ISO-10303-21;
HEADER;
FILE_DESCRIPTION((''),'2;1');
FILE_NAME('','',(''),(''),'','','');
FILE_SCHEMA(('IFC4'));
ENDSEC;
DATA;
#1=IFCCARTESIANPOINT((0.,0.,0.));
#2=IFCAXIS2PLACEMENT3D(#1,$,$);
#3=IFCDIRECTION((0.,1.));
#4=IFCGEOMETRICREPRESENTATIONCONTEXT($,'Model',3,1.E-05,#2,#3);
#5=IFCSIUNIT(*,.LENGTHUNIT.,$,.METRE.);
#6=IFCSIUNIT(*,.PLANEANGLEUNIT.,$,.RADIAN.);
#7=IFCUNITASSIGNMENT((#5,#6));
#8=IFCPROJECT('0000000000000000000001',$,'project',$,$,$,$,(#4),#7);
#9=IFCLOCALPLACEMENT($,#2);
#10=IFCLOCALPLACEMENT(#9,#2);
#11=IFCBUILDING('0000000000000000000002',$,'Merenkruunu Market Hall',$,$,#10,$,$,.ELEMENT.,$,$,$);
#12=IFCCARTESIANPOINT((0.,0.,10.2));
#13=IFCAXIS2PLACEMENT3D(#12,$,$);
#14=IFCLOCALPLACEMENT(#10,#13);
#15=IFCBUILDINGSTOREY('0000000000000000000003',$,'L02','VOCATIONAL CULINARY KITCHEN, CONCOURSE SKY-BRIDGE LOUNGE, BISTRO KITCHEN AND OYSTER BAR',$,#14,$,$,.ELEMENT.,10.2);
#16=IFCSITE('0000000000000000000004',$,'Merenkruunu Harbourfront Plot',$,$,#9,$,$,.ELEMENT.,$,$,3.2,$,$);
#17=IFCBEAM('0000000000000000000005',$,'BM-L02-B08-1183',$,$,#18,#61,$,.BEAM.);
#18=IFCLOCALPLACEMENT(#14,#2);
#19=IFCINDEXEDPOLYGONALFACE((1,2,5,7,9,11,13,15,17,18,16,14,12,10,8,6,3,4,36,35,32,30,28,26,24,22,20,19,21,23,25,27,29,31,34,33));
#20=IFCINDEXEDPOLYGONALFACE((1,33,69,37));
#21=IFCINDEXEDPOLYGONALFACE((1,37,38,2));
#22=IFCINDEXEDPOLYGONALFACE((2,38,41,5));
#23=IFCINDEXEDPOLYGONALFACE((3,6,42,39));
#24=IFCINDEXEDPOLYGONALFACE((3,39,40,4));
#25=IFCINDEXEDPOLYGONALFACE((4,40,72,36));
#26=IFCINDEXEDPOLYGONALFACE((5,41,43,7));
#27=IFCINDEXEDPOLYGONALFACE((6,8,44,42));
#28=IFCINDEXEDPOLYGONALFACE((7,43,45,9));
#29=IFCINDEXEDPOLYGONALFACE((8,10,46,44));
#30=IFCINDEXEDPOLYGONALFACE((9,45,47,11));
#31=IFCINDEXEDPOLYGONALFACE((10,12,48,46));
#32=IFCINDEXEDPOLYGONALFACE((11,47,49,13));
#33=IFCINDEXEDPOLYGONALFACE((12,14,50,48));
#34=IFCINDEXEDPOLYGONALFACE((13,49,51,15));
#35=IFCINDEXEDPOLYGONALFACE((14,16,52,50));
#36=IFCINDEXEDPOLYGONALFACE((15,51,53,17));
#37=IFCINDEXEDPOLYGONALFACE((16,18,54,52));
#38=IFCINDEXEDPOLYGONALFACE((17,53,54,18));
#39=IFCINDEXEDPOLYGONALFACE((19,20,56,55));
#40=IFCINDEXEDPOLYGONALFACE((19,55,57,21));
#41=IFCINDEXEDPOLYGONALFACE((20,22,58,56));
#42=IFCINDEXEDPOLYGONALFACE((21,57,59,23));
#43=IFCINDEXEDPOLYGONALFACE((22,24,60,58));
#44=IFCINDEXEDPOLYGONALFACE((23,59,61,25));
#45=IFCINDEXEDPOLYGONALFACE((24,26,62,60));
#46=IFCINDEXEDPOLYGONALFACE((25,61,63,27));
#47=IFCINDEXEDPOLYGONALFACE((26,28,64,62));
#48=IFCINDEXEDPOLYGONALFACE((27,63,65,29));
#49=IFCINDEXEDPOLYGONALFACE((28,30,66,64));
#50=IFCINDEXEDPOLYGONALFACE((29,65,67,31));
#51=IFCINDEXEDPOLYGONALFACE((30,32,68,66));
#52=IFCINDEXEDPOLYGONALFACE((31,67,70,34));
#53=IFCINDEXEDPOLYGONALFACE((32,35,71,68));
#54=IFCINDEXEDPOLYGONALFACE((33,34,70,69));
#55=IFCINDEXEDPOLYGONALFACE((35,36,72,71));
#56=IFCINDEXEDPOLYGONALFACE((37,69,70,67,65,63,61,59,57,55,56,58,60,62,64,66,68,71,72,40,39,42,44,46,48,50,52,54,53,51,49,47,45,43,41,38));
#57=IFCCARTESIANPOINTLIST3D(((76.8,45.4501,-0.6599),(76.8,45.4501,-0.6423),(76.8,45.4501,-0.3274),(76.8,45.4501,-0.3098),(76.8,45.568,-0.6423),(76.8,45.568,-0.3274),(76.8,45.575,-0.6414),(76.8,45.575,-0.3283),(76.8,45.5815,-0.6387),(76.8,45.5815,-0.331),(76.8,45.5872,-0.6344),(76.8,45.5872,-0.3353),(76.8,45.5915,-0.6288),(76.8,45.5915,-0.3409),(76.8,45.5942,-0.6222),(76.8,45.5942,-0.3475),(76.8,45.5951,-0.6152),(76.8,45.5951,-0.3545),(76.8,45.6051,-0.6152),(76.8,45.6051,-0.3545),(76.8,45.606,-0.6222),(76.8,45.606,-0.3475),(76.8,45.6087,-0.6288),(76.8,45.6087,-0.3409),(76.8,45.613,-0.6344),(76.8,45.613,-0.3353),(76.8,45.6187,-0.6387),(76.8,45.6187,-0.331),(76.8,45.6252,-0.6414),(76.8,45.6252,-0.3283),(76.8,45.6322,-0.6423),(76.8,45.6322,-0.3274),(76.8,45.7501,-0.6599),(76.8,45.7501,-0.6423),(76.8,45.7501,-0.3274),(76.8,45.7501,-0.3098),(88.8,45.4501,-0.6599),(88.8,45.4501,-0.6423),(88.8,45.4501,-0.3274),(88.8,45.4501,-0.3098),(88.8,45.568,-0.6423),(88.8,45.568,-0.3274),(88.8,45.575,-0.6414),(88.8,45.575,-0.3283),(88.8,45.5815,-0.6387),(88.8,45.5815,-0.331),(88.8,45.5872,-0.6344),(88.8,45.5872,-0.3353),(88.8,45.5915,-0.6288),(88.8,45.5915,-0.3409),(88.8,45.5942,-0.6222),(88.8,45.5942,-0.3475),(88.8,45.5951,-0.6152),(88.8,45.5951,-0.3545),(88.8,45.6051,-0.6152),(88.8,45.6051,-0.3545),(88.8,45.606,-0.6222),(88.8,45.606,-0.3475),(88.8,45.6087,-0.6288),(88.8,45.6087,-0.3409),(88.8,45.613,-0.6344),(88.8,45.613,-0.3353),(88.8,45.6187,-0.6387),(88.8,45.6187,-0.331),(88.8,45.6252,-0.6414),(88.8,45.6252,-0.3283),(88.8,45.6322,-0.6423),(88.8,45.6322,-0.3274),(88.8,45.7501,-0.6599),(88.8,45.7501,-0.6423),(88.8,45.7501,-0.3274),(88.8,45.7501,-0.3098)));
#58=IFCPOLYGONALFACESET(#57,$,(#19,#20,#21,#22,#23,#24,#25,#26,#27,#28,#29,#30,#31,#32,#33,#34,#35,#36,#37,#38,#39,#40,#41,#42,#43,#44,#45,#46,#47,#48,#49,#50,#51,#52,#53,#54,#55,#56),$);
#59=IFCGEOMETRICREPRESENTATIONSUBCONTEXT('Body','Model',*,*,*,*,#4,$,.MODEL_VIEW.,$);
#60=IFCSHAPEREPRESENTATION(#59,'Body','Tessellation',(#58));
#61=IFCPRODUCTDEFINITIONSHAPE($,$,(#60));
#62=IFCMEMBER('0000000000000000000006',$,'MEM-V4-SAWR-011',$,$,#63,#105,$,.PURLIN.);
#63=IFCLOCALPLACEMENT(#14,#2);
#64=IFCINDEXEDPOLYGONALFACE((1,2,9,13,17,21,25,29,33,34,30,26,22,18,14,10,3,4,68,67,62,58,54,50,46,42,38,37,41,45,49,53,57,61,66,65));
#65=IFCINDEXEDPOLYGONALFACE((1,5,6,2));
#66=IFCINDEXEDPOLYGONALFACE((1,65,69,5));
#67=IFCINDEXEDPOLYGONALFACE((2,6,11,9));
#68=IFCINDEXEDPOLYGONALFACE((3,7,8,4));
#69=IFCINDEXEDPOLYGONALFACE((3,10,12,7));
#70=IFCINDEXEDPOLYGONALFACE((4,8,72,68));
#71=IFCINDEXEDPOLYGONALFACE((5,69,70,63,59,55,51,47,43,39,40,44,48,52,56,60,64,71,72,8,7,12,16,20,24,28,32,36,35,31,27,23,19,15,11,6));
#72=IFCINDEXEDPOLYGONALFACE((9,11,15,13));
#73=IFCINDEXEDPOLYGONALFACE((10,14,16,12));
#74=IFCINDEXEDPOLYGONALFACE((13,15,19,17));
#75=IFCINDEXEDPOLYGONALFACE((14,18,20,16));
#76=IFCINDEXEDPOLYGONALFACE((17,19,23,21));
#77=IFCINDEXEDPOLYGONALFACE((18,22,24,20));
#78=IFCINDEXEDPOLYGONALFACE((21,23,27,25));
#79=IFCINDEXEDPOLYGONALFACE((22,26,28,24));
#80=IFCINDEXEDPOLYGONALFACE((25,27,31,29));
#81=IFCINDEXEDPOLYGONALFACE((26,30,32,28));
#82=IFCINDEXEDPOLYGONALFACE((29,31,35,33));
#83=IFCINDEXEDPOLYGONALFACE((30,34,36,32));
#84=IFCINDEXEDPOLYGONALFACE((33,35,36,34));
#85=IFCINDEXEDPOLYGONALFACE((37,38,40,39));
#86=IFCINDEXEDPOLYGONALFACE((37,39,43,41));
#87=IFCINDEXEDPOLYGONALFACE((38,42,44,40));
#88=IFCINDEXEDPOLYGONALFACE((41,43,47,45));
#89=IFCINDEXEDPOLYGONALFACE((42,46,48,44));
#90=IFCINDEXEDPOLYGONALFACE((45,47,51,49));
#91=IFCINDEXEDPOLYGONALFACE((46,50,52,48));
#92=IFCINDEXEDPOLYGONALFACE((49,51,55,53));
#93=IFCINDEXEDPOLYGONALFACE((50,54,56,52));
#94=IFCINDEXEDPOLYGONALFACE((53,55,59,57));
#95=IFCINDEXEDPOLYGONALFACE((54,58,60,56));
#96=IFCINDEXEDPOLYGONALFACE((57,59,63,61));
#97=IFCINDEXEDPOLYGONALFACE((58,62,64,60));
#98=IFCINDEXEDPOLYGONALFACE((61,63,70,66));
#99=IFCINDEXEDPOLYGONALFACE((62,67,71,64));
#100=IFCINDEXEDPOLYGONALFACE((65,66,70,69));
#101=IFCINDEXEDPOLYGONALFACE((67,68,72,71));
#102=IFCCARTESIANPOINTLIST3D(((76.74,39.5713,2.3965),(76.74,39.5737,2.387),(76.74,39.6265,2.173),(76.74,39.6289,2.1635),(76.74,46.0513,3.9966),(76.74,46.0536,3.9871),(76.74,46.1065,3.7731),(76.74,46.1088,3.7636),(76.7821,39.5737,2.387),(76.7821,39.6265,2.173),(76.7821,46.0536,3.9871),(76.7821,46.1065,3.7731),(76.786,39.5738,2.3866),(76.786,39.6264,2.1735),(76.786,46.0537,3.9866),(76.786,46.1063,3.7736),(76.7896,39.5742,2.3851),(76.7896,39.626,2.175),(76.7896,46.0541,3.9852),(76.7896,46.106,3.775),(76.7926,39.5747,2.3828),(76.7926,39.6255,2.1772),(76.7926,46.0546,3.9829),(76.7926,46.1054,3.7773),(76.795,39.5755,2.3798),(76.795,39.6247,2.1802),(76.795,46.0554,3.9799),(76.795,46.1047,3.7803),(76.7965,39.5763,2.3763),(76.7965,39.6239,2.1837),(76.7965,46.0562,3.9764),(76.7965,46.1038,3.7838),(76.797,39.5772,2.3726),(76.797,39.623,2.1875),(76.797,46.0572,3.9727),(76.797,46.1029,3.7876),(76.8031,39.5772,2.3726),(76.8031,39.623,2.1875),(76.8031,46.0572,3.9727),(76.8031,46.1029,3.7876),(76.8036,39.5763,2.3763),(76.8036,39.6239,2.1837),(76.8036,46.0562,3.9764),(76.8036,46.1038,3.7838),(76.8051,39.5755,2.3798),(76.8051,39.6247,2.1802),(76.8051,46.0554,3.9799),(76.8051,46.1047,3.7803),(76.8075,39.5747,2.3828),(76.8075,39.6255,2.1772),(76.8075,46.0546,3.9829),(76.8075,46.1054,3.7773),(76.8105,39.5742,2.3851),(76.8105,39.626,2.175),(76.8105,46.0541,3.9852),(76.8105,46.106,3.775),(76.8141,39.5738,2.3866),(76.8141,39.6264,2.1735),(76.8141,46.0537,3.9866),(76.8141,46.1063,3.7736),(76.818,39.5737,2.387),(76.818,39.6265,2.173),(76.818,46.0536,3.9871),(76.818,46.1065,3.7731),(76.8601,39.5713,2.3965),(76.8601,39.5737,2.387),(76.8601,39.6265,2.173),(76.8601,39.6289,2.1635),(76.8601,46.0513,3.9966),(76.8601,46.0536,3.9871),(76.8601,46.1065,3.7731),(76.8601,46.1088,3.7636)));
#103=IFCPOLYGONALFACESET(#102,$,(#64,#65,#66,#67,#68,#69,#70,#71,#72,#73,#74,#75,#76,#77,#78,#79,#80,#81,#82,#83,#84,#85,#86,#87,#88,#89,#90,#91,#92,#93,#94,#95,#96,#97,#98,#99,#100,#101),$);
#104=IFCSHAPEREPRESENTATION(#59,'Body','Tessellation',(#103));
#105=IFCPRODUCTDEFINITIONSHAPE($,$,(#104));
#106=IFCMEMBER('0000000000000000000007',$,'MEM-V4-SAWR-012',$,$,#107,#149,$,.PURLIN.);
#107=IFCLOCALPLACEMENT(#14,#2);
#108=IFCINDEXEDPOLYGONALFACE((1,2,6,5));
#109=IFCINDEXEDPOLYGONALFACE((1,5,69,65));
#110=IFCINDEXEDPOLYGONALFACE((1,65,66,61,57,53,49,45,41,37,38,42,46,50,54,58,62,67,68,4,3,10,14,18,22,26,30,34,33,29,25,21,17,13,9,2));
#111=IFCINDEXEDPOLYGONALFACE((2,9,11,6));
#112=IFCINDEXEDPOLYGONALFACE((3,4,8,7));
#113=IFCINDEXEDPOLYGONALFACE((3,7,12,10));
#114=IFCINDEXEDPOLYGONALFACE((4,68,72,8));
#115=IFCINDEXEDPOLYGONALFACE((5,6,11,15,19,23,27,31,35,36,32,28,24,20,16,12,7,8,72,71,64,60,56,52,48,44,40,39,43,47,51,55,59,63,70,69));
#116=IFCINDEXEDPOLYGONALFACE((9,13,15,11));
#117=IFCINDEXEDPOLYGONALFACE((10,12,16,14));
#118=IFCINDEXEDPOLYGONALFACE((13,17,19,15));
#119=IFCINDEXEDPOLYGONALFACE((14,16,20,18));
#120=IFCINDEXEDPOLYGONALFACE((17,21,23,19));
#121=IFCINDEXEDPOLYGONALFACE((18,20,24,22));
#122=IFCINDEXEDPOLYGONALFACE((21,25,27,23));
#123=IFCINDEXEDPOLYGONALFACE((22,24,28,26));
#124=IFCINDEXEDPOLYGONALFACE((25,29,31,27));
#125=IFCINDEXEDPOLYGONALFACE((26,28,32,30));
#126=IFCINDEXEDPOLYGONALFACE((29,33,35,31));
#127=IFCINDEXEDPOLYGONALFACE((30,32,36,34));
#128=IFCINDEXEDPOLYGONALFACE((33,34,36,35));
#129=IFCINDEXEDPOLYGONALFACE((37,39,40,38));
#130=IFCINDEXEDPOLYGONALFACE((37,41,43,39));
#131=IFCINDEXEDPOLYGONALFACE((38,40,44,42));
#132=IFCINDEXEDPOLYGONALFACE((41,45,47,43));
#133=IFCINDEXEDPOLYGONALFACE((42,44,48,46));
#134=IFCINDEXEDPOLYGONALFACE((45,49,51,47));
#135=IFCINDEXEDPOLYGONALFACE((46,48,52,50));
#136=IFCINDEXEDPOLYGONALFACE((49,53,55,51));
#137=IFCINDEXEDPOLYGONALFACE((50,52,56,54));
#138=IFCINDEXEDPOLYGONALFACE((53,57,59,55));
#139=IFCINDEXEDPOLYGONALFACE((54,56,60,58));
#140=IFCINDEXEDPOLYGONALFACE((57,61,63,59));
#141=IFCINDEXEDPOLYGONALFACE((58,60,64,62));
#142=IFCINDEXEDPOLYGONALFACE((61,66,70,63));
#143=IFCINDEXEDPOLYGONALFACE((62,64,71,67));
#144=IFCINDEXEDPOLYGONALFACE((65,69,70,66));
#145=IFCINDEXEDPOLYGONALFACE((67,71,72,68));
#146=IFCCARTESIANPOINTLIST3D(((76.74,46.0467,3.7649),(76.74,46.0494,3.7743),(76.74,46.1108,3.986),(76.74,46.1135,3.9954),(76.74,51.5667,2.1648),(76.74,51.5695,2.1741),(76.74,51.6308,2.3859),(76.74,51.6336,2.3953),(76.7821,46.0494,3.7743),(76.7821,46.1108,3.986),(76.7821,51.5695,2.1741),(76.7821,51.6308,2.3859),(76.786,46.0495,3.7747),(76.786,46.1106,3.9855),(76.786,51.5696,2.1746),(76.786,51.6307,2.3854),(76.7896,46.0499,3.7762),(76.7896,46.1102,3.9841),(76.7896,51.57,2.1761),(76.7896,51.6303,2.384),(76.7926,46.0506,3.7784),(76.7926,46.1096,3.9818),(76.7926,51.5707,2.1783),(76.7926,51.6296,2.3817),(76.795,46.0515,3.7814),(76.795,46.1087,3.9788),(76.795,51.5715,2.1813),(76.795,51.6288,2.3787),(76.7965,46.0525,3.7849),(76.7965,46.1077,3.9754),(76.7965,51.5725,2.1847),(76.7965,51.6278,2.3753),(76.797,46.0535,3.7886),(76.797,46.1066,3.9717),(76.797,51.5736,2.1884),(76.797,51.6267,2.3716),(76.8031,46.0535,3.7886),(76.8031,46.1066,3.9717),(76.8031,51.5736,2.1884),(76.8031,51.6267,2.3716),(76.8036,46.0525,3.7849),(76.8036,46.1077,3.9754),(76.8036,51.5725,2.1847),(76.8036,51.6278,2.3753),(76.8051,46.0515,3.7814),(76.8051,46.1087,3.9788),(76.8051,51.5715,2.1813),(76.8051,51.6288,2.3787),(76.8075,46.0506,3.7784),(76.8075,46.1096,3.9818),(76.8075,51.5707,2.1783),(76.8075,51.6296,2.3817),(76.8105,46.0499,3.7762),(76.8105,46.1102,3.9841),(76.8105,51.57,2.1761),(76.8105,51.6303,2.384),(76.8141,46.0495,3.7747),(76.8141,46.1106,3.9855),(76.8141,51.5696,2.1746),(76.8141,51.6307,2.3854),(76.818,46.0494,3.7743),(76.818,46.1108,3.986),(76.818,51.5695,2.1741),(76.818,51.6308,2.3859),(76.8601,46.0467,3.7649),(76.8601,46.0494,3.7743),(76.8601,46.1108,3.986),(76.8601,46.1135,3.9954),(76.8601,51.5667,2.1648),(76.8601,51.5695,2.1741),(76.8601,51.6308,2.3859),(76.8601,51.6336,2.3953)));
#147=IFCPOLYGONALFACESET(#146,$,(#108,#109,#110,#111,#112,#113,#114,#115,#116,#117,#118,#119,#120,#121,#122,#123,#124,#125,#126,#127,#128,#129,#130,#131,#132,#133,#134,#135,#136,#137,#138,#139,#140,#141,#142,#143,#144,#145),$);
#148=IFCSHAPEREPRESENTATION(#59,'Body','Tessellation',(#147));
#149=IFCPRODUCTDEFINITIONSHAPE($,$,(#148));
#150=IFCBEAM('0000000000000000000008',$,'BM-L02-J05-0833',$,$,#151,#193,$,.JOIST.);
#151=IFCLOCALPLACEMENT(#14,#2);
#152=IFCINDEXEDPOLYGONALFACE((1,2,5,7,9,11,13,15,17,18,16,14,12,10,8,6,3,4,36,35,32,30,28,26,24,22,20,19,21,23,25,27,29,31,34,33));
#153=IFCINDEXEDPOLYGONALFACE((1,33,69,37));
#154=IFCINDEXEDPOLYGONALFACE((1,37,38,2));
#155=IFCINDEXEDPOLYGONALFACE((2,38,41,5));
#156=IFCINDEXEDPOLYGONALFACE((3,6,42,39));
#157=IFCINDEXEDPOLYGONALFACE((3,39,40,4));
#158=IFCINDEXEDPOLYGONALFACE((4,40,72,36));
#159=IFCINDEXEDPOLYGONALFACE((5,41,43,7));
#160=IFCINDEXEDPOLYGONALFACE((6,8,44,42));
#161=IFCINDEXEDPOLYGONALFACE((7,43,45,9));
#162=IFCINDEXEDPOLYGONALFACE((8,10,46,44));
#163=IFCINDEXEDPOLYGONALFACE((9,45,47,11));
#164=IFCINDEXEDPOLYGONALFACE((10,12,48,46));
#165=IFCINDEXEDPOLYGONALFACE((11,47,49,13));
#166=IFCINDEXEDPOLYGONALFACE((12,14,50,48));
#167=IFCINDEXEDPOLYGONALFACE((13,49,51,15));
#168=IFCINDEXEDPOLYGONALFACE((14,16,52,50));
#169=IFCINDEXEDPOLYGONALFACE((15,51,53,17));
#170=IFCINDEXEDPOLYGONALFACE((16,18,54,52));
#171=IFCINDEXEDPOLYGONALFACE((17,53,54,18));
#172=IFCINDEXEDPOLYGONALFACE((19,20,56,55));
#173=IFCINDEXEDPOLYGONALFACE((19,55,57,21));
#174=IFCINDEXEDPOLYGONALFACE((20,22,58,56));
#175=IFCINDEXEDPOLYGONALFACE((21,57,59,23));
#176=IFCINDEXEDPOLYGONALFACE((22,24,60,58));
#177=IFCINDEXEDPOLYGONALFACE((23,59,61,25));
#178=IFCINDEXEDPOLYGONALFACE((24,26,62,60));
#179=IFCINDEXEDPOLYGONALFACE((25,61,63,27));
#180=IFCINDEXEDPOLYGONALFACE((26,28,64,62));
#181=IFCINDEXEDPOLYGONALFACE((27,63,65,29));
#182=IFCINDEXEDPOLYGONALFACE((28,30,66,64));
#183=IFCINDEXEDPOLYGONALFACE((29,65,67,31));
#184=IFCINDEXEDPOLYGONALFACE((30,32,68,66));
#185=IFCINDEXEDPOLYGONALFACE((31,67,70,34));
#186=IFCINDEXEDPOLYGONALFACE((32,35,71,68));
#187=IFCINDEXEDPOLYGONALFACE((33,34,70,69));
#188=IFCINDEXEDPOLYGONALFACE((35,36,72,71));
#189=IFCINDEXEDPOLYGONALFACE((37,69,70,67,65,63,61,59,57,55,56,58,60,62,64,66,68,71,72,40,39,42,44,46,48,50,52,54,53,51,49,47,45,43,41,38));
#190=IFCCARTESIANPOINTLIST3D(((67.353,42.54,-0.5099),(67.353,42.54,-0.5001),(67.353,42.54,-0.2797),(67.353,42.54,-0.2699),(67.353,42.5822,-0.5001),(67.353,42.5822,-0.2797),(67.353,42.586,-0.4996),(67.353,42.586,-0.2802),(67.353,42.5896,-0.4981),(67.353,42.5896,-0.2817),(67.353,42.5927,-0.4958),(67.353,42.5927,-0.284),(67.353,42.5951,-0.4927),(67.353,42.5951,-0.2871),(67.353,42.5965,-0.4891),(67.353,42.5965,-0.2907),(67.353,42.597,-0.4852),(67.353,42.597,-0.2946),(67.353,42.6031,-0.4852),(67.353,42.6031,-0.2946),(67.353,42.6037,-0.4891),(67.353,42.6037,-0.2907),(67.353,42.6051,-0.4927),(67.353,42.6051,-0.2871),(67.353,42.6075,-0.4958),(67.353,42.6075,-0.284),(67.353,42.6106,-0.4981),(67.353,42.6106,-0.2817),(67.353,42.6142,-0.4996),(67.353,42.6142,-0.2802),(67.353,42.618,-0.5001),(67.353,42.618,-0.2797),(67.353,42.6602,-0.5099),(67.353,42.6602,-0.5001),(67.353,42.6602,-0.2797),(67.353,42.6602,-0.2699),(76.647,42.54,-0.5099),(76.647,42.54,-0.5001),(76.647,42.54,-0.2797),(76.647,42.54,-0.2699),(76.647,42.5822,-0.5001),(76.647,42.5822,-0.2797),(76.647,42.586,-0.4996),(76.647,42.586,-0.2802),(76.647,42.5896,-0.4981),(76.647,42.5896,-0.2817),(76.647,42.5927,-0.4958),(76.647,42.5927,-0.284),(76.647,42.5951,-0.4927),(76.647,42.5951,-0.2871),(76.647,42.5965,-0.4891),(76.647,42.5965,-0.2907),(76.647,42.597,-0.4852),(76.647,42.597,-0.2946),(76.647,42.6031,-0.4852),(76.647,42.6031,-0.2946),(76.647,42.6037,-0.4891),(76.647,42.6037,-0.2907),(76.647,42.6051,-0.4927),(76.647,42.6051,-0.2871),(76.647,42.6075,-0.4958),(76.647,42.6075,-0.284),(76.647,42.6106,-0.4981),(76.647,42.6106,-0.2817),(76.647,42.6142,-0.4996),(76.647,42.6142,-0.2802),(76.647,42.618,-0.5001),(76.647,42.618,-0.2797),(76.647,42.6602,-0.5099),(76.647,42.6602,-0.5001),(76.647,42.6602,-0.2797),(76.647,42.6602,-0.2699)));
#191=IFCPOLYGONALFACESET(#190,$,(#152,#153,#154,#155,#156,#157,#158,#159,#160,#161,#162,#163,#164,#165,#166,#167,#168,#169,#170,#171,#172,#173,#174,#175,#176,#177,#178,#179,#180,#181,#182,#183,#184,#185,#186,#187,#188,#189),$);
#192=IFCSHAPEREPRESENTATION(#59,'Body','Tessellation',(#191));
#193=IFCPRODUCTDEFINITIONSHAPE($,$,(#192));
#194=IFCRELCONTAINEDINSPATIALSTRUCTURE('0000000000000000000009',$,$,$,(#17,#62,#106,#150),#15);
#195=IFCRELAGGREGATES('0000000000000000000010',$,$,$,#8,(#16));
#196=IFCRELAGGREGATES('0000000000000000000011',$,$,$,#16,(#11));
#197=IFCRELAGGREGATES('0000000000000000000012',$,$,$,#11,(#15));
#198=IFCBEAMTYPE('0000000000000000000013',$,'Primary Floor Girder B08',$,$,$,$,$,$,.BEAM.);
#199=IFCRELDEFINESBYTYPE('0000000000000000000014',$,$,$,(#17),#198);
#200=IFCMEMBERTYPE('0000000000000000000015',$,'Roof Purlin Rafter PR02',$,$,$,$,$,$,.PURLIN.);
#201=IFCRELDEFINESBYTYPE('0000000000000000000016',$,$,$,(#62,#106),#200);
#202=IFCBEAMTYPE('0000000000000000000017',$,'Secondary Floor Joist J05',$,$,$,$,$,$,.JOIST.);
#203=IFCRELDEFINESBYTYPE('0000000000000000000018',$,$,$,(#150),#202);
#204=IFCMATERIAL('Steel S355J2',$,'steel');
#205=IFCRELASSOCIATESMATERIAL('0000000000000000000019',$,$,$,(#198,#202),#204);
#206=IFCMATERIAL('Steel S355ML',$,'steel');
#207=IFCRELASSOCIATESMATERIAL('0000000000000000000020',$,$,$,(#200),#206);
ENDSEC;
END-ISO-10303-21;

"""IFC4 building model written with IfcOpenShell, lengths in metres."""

from ifc_helpers import new_model, si_unit, direction, frame, origin, origin_2d, place, context, subcontext, project, spatial, i_section, extrude, material, material_profile, profile_set, type_object, element, save


model = new_model("IFC4")

# Units and contexts
model_context = context("Model", 3, precision=1e-05, world=origin(), true_north=direction((0.0, 1.0)))
body_context = subcontext(model_context, "Body", "Model", "MODEL_VIEW")
ifc_project = project(units=[si_unit("LENGTHUNIT", "METRE"), si_unit("PLANEANGLEUNIT", "RADIAN")], contexts=[model_context])

# Site, building, storey
site_placement = place(None, origin())
site = spatial("IfcSite", under=ifc_project, at=site_placement, Name="Merenkruunu Harbourfront Plot", CompositionType="ELEMENT", RefElevation=3.2)
building_placement = place(site_placement, origin())
building = spatial("IfcBuilding", under=site, at=building_placement, Name="Merenkruunu Market Hall", CompositionType="ELEMENT")
storey_placement = place(building_placement, frame((0.0, 0.0, 10.2)))
storey = spatial("IfcBuildingStorey", under=building, at=storey_placement, Name="L02", Description="VOCATIONAL CULINARY KITCHEN, CONCOURSE SKY-BRIDGE LOUNGE, BISTRO KITCHEN AND OYSTER BAR", CompositionType="ELEMENT", Elevation=10.2)

# Shared definitions
ifc_material_1 = material(Name="Steel S355ML", Category="steel")

# Beam
ifc_material_2 = material(Name="Steel S355J2", Category="steel")
ifc_material_profile_1 = material_profile(ifc_material_2, i_section(OverallWidth=0.3, OverallDepth=0.3501, WebThickness=0.01, FlangeThickness=0.0176, FilletRadius=0.0271, at=origin_2d()), Name="HEA 360")
ifc_profile_set_1 = profile_set([ifc_material_profile_1], Name="Steel S355J2")
beam_type_1 = type_object("IfcBeamType", Name="Primary Floor Girder B08", PredefinedType="BEAM", material=ifc_profile_set_1)
for number, where, z_axis, x_axis, name in (
    (1, (76.8, 45.6001, -0.4849), (1.0, 0.0, 0.0), (0.0, 1.0, 0.0), "BM-L02-B08-1183"),
):
    element("IfcBeam", number, at=place(storey_placement, frame(where, z_axis=z_axis, x_axis=x_axis)), inside=storey, type_object=beam_type_1, Name=name, PredefinedType="BEAM", context=body_context, shape_type="SweptSolid", body=[
        extrude(i_section(OverallWidth=0.3, OverallDepth=0.3501, WebThickness=0.01, FlangeThickness=0.0176, FilletRadius=0.0271, at=origin_2d()), origin(), (0.0, 0.0, 1.0), 12.0),
    ])

# Members
ifc_material_profile_2 = material_profile(ifc_material_1, i_section(OverallWidth=0.1201, OverallDepth=0.24, WebThickness=0.0061, FlangeThickness=0.0098, FilletRadius=0.0149, at=origin_2d()), Name="IPE 240")
ifc_profile_set_2 = profile_set([ifc_material_profile_2], Name="Steel S355ML")
member_type_1 = type_object("IfcMemberType", Name="Roof Purlin Rafter PR02", PredefinedType="PURLIN", material=ifc_profile_set_2)
member_1_placement = place(storey_placement, frame((76.8, 39.6001, 2.28), z_axis=(0.0, 0.97084, 0.239729), x_axis=(-1.0, 0.0, 0.0)))
element("IfcMember", 2, at=member_1_placement, inside=storey, type_object=member_type_1, Name="MEM-V4-SAWR-011", PredefinedType="PURLIN", context=body_context, shape_type="SweptSolid", body=[
    extrude(i_section(OverallWidth=0.1201, OverallDepth=0.24, WebThickness=0.0061, FlangeThickness=0.0098, FilletRadius=0.0149, at=origin_2d()), origin(), (0.0, 0.0, 1.0), 6.6746),
])
member_2_placement = place(storey_placement, frame((76.8, 46.0801, 3.8801), z_axis=(0.0, 0.960462, -0.278411), x_axis=(-1.0, 0.0, 0.0)))
element("IfcMember", 3, at=member_2_placement, inside=storey, type_object=member_type_1, Name="MEM-V4-SAWR-012", PredefinedType="PURLIN", context=body_context, shape_type="SweptSolid", body=[
    extrude(i_section(OverallWidth=0.1201, OverallDepth=0.24, WebThickness=0.0061, FlangeThickness=0.0098, FilletRadius=0.0149, at=origin_2d()), origin(), (0.0, 0.0, 1.0), 5.7473),
])

# Beam
ifc_material_profile_3 = material_profile(ifc_material_2, i_section(OverallWidth=0.1201, OverallDepth=0.24, WebThickness=0.0061, FlangeThickness=0.0098, FilletRadius=0.0149, at=origin_2d()), Name="IPE 240")
ifc_profile_set_3 = profile_set([ifc_material_profile_3], Name="Steel S355J2")
beam_type_2 = type_object("IfcBeamType", Name="Secondary Floor Joist J05", PredefinedType="JOIST", material=ifc_profile_set_3)
for number, where, z_axis, x_axis, name in (
    (4, (67.353, 42.6001, -0.3899), (1.0, 0.0, 0.0), (0.0, 1.0, 0.0), "BM-L02-J05-0833"),
):
    element("IfcBeam", number, at=place(storey_placement, frame(where, z_axis=z_axis, x_axis=x_axis)), inside=storey, type_object=beam_type_2, Name=name, PredefinedType="JOIST", context=body_context, shape_type="SweptSolid", body=[
        extrude(i_section(OverallWidth=0.1201, OverallDepth=0.24, WebThickness=0.0061, FlangeThickness=0.0098, FilletRadius=0.0149, at=origin_2d()), origin(), (0.0, 0.0, 1.0), 9.2939),
    ])

save(model, "model.ifc")
